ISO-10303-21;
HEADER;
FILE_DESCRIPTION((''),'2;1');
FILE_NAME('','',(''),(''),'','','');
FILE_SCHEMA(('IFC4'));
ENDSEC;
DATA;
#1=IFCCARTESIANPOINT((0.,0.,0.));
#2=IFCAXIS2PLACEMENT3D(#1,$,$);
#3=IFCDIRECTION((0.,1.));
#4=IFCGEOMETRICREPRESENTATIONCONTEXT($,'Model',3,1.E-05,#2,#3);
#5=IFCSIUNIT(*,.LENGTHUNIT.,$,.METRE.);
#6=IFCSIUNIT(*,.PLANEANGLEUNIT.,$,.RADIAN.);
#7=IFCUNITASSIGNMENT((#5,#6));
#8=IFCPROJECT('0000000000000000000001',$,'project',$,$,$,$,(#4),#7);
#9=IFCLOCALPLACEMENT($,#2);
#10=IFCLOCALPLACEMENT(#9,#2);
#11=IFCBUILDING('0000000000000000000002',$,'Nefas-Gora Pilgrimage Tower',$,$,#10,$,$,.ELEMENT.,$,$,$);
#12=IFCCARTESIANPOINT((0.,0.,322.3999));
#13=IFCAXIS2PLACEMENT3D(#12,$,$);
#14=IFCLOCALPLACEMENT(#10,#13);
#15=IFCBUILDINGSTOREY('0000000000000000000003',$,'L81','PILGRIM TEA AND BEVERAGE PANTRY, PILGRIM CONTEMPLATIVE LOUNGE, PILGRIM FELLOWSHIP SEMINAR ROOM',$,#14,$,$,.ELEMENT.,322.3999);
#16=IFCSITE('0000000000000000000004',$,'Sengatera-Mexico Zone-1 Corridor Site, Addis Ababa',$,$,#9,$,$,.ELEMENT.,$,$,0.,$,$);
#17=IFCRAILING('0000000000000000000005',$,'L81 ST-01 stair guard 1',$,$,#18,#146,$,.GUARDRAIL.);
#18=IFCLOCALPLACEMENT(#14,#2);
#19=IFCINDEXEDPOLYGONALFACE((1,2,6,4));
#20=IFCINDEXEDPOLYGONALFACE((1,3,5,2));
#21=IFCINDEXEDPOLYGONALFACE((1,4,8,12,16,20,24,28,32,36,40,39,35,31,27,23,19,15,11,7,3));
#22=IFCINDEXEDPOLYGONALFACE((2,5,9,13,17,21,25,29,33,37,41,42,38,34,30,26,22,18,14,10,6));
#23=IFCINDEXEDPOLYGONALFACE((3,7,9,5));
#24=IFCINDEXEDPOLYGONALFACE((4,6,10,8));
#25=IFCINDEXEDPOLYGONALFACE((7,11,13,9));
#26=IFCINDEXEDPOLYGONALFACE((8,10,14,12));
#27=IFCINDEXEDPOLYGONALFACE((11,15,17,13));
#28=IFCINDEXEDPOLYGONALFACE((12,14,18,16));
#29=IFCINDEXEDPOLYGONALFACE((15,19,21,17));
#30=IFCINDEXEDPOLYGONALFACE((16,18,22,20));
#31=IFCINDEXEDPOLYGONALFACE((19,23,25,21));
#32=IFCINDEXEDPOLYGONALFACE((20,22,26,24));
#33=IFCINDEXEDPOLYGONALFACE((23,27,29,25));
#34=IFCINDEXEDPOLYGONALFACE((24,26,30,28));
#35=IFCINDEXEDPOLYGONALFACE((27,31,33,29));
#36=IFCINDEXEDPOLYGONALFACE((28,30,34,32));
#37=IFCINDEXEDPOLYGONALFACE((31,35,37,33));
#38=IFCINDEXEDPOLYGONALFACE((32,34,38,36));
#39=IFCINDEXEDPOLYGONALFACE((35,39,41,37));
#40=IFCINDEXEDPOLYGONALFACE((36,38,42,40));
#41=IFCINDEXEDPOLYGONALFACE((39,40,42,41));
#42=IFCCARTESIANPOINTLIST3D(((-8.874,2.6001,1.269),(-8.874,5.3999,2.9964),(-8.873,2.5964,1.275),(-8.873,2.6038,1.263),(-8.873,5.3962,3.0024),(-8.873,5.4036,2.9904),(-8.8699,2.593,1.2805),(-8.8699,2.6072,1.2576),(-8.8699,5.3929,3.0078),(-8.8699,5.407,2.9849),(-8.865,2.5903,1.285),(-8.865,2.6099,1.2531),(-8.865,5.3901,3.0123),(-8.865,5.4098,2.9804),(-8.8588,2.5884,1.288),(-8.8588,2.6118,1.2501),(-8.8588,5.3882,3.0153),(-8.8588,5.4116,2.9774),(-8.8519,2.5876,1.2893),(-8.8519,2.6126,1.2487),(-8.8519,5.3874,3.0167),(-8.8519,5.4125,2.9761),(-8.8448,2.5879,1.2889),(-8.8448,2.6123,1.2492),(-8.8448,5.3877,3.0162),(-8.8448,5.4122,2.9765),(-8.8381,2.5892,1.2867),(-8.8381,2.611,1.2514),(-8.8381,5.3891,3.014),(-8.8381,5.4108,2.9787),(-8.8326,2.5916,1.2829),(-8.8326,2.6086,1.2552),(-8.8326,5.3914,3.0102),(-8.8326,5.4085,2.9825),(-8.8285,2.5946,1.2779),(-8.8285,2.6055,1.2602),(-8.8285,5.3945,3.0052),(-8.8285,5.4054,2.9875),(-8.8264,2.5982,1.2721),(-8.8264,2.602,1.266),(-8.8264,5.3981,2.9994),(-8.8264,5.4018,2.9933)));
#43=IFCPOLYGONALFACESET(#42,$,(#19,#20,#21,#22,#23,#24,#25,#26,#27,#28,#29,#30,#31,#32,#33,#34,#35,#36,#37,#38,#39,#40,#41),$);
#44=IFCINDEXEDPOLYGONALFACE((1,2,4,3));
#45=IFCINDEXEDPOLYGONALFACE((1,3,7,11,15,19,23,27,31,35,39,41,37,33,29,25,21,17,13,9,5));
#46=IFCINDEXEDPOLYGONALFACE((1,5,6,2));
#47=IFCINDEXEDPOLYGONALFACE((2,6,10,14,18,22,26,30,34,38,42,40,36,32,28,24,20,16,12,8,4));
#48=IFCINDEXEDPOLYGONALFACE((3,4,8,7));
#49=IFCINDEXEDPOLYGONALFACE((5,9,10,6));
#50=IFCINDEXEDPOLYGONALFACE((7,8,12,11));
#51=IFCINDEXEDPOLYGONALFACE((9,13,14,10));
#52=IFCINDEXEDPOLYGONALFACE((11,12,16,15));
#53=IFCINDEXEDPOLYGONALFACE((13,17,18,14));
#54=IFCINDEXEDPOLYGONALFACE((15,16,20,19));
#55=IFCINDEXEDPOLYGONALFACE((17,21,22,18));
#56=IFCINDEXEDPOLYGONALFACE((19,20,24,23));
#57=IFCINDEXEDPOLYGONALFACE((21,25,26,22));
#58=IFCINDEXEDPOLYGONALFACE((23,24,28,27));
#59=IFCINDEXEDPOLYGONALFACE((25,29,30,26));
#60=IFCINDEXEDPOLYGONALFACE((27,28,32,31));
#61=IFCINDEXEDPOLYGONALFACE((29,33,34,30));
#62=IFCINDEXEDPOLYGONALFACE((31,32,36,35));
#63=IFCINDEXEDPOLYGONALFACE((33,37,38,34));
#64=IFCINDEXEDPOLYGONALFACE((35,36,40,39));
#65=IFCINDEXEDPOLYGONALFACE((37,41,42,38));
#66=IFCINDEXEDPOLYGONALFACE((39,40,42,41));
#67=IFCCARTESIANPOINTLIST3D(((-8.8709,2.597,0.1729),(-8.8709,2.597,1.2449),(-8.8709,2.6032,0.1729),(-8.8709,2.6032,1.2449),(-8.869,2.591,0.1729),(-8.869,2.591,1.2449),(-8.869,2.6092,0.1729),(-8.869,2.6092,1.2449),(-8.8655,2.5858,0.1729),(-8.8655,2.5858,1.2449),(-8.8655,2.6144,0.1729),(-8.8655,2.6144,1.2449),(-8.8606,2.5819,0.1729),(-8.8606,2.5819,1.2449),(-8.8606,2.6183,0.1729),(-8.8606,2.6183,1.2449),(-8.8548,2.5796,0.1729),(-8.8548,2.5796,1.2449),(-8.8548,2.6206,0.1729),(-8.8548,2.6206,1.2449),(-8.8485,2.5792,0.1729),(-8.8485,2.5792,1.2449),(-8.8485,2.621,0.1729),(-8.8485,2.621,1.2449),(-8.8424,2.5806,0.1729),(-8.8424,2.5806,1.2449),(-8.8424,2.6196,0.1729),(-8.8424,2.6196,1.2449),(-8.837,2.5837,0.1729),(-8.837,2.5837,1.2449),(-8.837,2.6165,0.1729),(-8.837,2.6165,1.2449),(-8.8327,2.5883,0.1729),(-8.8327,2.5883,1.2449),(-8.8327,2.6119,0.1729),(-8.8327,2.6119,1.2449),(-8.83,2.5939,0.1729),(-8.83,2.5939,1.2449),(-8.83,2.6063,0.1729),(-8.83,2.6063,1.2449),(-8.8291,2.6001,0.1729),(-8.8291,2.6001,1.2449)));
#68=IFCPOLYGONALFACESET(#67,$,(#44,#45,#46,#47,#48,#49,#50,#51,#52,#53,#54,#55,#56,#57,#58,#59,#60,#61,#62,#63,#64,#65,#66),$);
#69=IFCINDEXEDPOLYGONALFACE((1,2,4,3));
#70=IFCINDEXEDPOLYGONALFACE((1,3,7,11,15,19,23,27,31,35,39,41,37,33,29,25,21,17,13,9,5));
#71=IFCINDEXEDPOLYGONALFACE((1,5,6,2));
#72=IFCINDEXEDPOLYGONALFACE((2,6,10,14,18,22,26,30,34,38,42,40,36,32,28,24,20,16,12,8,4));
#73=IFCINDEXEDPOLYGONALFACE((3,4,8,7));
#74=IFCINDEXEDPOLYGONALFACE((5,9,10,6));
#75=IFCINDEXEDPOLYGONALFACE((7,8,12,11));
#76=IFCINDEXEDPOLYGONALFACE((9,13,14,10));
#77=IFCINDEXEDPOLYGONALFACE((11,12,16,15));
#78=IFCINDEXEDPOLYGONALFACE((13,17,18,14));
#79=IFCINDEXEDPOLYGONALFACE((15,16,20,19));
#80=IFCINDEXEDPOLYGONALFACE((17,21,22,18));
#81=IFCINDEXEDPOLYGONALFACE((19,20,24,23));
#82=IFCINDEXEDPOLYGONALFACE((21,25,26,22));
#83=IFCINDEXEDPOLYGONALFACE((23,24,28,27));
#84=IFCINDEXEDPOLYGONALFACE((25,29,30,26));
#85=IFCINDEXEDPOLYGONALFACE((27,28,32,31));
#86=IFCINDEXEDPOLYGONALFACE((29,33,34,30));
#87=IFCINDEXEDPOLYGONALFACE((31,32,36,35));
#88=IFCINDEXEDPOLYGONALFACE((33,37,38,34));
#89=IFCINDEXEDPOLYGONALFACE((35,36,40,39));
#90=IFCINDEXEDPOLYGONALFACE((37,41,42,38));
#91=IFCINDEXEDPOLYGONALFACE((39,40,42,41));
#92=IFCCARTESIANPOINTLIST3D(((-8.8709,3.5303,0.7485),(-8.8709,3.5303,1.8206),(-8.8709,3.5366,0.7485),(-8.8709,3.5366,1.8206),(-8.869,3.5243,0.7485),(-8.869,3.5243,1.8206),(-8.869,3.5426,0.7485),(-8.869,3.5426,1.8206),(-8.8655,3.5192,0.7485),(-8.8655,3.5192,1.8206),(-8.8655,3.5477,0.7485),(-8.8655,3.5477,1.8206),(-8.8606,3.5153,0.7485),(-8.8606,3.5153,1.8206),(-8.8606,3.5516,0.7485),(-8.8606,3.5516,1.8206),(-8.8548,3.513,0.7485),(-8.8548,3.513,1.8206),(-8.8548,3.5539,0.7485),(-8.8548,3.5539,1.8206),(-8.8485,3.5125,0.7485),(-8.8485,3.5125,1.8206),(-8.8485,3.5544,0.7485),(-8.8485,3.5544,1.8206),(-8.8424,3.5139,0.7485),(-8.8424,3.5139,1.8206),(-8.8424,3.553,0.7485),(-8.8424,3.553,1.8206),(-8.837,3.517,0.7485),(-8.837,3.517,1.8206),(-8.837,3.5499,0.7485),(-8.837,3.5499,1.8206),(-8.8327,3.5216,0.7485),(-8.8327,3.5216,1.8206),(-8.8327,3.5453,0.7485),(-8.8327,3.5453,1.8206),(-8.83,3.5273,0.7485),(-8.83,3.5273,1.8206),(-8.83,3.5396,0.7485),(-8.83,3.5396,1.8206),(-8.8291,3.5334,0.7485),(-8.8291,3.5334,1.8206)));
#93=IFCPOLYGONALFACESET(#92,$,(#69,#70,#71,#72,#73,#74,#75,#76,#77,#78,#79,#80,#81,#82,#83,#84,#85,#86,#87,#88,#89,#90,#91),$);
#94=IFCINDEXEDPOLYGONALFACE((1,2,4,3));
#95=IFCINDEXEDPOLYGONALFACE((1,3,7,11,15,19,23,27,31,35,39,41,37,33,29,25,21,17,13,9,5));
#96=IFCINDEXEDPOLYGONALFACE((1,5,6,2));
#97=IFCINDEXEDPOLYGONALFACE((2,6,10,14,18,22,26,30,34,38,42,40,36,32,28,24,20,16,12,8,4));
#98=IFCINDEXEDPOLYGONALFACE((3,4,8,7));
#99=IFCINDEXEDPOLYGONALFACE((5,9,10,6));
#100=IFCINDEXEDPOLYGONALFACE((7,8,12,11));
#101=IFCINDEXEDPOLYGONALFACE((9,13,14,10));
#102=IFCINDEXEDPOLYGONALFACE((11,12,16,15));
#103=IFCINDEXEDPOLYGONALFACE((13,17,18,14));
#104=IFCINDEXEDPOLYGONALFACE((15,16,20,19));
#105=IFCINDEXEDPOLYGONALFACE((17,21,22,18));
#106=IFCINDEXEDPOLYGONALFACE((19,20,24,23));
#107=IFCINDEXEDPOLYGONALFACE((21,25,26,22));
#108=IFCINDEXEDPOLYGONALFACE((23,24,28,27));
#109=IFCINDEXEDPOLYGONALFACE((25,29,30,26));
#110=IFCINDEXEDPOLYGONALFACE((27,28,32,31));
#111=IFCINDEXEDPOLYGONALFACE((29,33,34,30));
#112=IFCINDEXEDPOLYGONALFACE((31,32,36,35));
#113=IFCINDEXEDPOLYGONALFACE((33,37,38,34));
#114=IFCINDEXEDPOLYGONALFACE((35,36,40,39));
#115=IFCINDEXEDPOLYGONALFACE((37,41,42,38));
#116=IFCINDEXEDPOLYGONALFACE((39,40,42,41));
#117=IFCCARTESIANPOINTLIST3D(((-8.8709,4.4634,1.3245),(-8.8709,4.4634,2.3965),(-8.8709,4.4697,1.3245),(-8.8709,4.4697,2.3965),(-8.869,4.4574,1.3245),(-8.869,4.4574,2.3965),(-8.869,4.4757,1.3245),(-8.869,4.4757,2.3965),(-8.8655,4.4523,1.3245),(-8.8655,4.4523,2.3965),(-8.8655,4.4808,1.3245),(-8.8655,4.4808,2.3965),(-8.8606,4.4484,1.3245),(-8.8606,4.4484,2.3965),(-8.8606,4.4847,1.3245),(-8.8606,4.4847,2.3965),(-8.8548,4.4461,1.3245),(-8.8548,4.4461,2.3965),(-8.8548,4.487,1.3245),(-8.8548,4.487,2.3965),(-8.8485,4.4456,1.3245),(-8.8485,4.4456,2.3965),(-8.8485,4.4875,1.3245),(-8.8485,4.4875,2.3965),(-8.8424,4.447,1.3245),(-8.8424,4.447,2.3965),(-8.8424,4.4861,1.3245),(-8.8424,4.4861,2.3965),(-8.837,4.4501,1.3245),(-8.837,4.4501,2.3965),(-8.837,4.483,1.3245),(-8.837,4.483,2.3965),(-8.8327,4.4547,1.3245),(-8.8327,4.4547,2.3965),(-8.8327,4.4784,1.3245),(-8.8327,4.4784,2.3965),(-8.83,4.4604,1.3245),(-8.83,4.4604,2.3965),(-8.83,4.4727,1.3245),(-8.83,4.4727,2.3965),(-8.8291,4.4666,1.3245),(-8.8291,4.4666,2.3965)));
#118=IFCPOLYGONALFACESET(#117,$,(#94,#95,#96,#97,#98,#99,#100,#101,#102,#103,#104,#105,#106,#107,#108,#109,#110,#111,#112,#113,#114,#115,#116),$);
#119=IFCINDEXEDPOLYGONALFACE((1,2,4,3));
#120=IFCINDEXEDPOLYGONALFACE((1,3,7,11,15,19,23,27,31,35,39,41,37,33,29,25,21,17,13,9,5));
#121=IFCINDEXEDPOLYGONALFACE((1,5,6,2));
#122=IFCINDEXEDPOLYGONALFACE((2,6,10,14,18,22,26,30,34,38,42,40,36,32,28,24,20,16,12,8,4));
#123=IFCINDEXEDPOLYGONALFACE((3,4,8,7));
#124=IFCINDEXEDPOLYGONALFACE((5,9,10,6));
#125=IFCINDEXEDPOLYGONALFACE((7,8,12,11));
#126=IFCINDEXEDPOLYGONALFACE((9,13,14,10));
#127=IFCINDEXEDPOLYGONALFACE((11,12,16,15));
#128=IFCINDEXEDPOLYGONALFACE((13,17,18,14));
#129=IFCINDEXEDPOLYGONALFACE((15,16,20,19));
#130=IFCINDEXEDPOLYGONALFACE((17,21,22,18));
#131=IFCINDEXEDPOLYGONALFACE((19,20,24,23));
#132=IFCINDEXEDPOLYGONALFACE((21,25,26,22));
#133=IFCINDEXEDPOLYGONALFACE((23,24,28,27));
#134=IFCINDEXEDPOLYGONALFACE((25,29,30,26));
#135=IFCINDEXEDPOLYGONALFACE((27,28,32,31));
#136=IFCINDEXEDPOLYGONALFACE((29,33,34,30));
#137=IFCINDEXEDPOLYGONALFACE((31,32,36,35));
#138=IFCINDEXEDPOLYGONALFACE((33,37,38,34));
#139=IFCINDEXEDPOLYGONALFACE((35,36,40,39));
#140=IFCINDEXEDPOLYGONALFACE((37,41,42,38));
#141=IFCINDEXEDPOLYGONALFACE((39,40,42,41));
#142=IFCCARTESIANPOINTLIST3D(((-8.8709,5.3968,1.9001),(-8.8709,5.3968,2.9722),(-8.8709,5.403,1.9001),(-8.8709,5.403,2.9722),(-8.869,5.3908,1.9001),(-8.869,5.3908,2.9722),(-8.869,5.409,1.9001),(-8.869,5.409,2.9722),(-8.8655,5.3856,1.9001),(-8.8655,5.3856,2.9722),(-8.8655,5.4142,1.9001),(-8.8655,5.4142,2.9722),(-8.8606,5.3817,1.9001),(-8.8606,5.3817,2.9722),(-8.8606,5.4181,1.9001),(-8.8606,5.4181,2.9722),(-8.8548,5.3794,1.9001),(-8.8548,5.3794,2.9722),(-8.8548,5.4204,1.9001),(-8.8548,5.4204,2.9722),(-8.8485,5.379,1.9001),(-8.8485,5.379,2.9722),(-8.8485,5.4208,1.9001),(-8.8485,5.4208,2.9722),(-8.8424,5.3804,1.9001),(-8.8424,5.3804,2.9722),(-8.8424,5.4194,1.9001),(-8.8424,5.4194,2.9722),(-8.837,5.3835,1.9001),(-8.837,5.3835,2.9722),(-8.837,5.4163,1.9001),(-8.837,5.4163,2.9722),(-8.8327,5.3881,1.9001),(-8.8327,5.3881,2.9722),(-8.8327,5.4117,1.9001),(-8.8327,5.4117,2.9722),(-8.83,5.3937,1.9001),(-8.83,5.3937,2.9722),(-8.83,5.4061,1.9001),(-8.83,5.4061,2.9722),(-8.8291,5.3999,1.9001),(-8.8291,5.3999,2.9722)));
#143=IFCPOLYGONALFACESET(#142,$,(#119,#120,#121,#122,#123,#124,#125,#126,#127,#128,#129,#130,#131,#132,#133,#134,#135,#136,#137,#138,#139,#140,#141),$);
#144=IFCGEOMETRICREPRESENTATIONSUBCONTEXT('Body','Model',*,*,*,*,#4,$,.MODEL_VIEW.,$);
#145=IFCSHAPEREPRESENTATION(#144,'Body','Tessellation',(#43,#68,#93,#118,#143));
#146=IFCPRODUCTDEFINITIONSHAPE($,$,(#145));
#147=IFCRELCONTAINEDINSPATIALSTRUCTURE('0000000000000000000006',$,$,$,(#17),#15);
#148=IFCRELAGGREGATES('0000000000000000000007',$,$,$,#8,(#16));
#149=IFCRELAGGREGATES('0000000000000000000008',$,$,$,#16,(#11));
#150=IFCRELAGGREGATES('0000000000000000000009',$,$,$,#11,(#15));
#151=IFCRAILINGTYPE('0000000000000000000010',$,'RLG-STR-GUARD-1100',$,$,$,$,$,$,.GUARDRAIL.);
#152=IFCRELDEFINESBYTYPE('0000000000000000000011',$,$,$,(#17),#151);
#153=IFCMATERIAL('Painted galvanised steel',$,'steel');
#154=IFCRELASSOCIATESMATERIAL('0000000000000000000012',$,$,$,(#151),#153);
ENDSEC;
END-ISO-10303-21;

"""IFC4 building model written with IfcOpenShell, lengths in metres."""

from ifc_helpers import new_model, si_unit, direction, frame, origin, origin_2d, place, context, subcontext, project, spatial, circle, extrude, material, type_object, element, save


model = new_model("IFC4")

# Units and contexts
model_context = context("Model", 3, precision=1e-05, world=origin(), true_north=direction((0.0, 1.0)))
body_context = subcontext(model_context, "Body", "Model", "MODEL_VIEW")
ifc_project = project(units=[si_unit("LENGTHUNIT", "METRE"), si_unit("PLANEANGLEUNIT", "RADIAN")], contexts=[model_context])

# Site, building, storey
site_placement = place(None, origin())
site = spatial("IfcSite", under=ifc_project, at=site_placement, Name="Sengatera-Mexico Zone-1 Corridor Site, Addis Ababa", CompositionType="ELEMENT", RefElevation=0.0)
building_placement = place(site_placement, origin())
building = spatial("IfcBuilding", under=site, at=building_placement, Name="Nefas-Gora Pilgrimage Tower", CompositionType="ELEMENT")
storey_placement = place(building_placement, frame((0.0, 0.0, 322.3999)))
storey = spatial("IfcBuildingStorey", under=building, at=storey_placement, Name="L81", Description="PILGRIM TEA AND BEVERAGE PANTRY, PILGRIM CONTEMPLATIVE LOUNGE, PILGRIM FELLOWSHIP SEMINAR ROOM", CompositionType="ELEMENT", Elevation=322.3999)

# Railing
ifc_material_1 = material(Name="Painted galvanised steel", Category="steel")
railing_type_1 = type_object("IfcRailingType", Name="RLG-STR-GUARD-1100", PredefinedType="GUARDRAIL", material=ifc_material_1)
railing_1_placement = place(storey_placement, frame((-8.8501, 2.6001, 0.1729)))
element("IfcRailing", 1, at=railing_1_placement, inside=storey, type_object=railing_type_1, Name="L81 ST-01 stair guard 1", PredefinedType="GUARDRAIL", context=body_context, shape_type="SweptSolid", body=[
    extrude(circle(Radius=0.0239, at=origin_2d()), frame((0.0, 0.0, 1.0962), z_axis=(0.0, 0.851069, 0.525054), x_axis=(-1.0, 0.0, 0.0)), (0.0, 0.0, 1.0), 3.2898),
    extrude(circle(Radius=0.021, at=origin_2d()), origin(), (0.0, 0.0, 1.0), 1.072),
    extrude(circle(Radius=0.021, at=origin_2d()), frame((0.0, 0.9333, 0.5757)), (0.0, 0.0, 1.0), 1.072),
    extrude(circle(Radius=0.021, at=origin_2d()), frame((0.0, 1.8665, 1.1516)), (0.0, 0.0, 1.0), 1.072),
    extrude(circle(Radius=0.021, at=origin_2d()), frame((0.0, 2.7998, 1.7273)), (0.0, 0.0, 1.0), 1.072),
])

save(model, "model.ifc")
